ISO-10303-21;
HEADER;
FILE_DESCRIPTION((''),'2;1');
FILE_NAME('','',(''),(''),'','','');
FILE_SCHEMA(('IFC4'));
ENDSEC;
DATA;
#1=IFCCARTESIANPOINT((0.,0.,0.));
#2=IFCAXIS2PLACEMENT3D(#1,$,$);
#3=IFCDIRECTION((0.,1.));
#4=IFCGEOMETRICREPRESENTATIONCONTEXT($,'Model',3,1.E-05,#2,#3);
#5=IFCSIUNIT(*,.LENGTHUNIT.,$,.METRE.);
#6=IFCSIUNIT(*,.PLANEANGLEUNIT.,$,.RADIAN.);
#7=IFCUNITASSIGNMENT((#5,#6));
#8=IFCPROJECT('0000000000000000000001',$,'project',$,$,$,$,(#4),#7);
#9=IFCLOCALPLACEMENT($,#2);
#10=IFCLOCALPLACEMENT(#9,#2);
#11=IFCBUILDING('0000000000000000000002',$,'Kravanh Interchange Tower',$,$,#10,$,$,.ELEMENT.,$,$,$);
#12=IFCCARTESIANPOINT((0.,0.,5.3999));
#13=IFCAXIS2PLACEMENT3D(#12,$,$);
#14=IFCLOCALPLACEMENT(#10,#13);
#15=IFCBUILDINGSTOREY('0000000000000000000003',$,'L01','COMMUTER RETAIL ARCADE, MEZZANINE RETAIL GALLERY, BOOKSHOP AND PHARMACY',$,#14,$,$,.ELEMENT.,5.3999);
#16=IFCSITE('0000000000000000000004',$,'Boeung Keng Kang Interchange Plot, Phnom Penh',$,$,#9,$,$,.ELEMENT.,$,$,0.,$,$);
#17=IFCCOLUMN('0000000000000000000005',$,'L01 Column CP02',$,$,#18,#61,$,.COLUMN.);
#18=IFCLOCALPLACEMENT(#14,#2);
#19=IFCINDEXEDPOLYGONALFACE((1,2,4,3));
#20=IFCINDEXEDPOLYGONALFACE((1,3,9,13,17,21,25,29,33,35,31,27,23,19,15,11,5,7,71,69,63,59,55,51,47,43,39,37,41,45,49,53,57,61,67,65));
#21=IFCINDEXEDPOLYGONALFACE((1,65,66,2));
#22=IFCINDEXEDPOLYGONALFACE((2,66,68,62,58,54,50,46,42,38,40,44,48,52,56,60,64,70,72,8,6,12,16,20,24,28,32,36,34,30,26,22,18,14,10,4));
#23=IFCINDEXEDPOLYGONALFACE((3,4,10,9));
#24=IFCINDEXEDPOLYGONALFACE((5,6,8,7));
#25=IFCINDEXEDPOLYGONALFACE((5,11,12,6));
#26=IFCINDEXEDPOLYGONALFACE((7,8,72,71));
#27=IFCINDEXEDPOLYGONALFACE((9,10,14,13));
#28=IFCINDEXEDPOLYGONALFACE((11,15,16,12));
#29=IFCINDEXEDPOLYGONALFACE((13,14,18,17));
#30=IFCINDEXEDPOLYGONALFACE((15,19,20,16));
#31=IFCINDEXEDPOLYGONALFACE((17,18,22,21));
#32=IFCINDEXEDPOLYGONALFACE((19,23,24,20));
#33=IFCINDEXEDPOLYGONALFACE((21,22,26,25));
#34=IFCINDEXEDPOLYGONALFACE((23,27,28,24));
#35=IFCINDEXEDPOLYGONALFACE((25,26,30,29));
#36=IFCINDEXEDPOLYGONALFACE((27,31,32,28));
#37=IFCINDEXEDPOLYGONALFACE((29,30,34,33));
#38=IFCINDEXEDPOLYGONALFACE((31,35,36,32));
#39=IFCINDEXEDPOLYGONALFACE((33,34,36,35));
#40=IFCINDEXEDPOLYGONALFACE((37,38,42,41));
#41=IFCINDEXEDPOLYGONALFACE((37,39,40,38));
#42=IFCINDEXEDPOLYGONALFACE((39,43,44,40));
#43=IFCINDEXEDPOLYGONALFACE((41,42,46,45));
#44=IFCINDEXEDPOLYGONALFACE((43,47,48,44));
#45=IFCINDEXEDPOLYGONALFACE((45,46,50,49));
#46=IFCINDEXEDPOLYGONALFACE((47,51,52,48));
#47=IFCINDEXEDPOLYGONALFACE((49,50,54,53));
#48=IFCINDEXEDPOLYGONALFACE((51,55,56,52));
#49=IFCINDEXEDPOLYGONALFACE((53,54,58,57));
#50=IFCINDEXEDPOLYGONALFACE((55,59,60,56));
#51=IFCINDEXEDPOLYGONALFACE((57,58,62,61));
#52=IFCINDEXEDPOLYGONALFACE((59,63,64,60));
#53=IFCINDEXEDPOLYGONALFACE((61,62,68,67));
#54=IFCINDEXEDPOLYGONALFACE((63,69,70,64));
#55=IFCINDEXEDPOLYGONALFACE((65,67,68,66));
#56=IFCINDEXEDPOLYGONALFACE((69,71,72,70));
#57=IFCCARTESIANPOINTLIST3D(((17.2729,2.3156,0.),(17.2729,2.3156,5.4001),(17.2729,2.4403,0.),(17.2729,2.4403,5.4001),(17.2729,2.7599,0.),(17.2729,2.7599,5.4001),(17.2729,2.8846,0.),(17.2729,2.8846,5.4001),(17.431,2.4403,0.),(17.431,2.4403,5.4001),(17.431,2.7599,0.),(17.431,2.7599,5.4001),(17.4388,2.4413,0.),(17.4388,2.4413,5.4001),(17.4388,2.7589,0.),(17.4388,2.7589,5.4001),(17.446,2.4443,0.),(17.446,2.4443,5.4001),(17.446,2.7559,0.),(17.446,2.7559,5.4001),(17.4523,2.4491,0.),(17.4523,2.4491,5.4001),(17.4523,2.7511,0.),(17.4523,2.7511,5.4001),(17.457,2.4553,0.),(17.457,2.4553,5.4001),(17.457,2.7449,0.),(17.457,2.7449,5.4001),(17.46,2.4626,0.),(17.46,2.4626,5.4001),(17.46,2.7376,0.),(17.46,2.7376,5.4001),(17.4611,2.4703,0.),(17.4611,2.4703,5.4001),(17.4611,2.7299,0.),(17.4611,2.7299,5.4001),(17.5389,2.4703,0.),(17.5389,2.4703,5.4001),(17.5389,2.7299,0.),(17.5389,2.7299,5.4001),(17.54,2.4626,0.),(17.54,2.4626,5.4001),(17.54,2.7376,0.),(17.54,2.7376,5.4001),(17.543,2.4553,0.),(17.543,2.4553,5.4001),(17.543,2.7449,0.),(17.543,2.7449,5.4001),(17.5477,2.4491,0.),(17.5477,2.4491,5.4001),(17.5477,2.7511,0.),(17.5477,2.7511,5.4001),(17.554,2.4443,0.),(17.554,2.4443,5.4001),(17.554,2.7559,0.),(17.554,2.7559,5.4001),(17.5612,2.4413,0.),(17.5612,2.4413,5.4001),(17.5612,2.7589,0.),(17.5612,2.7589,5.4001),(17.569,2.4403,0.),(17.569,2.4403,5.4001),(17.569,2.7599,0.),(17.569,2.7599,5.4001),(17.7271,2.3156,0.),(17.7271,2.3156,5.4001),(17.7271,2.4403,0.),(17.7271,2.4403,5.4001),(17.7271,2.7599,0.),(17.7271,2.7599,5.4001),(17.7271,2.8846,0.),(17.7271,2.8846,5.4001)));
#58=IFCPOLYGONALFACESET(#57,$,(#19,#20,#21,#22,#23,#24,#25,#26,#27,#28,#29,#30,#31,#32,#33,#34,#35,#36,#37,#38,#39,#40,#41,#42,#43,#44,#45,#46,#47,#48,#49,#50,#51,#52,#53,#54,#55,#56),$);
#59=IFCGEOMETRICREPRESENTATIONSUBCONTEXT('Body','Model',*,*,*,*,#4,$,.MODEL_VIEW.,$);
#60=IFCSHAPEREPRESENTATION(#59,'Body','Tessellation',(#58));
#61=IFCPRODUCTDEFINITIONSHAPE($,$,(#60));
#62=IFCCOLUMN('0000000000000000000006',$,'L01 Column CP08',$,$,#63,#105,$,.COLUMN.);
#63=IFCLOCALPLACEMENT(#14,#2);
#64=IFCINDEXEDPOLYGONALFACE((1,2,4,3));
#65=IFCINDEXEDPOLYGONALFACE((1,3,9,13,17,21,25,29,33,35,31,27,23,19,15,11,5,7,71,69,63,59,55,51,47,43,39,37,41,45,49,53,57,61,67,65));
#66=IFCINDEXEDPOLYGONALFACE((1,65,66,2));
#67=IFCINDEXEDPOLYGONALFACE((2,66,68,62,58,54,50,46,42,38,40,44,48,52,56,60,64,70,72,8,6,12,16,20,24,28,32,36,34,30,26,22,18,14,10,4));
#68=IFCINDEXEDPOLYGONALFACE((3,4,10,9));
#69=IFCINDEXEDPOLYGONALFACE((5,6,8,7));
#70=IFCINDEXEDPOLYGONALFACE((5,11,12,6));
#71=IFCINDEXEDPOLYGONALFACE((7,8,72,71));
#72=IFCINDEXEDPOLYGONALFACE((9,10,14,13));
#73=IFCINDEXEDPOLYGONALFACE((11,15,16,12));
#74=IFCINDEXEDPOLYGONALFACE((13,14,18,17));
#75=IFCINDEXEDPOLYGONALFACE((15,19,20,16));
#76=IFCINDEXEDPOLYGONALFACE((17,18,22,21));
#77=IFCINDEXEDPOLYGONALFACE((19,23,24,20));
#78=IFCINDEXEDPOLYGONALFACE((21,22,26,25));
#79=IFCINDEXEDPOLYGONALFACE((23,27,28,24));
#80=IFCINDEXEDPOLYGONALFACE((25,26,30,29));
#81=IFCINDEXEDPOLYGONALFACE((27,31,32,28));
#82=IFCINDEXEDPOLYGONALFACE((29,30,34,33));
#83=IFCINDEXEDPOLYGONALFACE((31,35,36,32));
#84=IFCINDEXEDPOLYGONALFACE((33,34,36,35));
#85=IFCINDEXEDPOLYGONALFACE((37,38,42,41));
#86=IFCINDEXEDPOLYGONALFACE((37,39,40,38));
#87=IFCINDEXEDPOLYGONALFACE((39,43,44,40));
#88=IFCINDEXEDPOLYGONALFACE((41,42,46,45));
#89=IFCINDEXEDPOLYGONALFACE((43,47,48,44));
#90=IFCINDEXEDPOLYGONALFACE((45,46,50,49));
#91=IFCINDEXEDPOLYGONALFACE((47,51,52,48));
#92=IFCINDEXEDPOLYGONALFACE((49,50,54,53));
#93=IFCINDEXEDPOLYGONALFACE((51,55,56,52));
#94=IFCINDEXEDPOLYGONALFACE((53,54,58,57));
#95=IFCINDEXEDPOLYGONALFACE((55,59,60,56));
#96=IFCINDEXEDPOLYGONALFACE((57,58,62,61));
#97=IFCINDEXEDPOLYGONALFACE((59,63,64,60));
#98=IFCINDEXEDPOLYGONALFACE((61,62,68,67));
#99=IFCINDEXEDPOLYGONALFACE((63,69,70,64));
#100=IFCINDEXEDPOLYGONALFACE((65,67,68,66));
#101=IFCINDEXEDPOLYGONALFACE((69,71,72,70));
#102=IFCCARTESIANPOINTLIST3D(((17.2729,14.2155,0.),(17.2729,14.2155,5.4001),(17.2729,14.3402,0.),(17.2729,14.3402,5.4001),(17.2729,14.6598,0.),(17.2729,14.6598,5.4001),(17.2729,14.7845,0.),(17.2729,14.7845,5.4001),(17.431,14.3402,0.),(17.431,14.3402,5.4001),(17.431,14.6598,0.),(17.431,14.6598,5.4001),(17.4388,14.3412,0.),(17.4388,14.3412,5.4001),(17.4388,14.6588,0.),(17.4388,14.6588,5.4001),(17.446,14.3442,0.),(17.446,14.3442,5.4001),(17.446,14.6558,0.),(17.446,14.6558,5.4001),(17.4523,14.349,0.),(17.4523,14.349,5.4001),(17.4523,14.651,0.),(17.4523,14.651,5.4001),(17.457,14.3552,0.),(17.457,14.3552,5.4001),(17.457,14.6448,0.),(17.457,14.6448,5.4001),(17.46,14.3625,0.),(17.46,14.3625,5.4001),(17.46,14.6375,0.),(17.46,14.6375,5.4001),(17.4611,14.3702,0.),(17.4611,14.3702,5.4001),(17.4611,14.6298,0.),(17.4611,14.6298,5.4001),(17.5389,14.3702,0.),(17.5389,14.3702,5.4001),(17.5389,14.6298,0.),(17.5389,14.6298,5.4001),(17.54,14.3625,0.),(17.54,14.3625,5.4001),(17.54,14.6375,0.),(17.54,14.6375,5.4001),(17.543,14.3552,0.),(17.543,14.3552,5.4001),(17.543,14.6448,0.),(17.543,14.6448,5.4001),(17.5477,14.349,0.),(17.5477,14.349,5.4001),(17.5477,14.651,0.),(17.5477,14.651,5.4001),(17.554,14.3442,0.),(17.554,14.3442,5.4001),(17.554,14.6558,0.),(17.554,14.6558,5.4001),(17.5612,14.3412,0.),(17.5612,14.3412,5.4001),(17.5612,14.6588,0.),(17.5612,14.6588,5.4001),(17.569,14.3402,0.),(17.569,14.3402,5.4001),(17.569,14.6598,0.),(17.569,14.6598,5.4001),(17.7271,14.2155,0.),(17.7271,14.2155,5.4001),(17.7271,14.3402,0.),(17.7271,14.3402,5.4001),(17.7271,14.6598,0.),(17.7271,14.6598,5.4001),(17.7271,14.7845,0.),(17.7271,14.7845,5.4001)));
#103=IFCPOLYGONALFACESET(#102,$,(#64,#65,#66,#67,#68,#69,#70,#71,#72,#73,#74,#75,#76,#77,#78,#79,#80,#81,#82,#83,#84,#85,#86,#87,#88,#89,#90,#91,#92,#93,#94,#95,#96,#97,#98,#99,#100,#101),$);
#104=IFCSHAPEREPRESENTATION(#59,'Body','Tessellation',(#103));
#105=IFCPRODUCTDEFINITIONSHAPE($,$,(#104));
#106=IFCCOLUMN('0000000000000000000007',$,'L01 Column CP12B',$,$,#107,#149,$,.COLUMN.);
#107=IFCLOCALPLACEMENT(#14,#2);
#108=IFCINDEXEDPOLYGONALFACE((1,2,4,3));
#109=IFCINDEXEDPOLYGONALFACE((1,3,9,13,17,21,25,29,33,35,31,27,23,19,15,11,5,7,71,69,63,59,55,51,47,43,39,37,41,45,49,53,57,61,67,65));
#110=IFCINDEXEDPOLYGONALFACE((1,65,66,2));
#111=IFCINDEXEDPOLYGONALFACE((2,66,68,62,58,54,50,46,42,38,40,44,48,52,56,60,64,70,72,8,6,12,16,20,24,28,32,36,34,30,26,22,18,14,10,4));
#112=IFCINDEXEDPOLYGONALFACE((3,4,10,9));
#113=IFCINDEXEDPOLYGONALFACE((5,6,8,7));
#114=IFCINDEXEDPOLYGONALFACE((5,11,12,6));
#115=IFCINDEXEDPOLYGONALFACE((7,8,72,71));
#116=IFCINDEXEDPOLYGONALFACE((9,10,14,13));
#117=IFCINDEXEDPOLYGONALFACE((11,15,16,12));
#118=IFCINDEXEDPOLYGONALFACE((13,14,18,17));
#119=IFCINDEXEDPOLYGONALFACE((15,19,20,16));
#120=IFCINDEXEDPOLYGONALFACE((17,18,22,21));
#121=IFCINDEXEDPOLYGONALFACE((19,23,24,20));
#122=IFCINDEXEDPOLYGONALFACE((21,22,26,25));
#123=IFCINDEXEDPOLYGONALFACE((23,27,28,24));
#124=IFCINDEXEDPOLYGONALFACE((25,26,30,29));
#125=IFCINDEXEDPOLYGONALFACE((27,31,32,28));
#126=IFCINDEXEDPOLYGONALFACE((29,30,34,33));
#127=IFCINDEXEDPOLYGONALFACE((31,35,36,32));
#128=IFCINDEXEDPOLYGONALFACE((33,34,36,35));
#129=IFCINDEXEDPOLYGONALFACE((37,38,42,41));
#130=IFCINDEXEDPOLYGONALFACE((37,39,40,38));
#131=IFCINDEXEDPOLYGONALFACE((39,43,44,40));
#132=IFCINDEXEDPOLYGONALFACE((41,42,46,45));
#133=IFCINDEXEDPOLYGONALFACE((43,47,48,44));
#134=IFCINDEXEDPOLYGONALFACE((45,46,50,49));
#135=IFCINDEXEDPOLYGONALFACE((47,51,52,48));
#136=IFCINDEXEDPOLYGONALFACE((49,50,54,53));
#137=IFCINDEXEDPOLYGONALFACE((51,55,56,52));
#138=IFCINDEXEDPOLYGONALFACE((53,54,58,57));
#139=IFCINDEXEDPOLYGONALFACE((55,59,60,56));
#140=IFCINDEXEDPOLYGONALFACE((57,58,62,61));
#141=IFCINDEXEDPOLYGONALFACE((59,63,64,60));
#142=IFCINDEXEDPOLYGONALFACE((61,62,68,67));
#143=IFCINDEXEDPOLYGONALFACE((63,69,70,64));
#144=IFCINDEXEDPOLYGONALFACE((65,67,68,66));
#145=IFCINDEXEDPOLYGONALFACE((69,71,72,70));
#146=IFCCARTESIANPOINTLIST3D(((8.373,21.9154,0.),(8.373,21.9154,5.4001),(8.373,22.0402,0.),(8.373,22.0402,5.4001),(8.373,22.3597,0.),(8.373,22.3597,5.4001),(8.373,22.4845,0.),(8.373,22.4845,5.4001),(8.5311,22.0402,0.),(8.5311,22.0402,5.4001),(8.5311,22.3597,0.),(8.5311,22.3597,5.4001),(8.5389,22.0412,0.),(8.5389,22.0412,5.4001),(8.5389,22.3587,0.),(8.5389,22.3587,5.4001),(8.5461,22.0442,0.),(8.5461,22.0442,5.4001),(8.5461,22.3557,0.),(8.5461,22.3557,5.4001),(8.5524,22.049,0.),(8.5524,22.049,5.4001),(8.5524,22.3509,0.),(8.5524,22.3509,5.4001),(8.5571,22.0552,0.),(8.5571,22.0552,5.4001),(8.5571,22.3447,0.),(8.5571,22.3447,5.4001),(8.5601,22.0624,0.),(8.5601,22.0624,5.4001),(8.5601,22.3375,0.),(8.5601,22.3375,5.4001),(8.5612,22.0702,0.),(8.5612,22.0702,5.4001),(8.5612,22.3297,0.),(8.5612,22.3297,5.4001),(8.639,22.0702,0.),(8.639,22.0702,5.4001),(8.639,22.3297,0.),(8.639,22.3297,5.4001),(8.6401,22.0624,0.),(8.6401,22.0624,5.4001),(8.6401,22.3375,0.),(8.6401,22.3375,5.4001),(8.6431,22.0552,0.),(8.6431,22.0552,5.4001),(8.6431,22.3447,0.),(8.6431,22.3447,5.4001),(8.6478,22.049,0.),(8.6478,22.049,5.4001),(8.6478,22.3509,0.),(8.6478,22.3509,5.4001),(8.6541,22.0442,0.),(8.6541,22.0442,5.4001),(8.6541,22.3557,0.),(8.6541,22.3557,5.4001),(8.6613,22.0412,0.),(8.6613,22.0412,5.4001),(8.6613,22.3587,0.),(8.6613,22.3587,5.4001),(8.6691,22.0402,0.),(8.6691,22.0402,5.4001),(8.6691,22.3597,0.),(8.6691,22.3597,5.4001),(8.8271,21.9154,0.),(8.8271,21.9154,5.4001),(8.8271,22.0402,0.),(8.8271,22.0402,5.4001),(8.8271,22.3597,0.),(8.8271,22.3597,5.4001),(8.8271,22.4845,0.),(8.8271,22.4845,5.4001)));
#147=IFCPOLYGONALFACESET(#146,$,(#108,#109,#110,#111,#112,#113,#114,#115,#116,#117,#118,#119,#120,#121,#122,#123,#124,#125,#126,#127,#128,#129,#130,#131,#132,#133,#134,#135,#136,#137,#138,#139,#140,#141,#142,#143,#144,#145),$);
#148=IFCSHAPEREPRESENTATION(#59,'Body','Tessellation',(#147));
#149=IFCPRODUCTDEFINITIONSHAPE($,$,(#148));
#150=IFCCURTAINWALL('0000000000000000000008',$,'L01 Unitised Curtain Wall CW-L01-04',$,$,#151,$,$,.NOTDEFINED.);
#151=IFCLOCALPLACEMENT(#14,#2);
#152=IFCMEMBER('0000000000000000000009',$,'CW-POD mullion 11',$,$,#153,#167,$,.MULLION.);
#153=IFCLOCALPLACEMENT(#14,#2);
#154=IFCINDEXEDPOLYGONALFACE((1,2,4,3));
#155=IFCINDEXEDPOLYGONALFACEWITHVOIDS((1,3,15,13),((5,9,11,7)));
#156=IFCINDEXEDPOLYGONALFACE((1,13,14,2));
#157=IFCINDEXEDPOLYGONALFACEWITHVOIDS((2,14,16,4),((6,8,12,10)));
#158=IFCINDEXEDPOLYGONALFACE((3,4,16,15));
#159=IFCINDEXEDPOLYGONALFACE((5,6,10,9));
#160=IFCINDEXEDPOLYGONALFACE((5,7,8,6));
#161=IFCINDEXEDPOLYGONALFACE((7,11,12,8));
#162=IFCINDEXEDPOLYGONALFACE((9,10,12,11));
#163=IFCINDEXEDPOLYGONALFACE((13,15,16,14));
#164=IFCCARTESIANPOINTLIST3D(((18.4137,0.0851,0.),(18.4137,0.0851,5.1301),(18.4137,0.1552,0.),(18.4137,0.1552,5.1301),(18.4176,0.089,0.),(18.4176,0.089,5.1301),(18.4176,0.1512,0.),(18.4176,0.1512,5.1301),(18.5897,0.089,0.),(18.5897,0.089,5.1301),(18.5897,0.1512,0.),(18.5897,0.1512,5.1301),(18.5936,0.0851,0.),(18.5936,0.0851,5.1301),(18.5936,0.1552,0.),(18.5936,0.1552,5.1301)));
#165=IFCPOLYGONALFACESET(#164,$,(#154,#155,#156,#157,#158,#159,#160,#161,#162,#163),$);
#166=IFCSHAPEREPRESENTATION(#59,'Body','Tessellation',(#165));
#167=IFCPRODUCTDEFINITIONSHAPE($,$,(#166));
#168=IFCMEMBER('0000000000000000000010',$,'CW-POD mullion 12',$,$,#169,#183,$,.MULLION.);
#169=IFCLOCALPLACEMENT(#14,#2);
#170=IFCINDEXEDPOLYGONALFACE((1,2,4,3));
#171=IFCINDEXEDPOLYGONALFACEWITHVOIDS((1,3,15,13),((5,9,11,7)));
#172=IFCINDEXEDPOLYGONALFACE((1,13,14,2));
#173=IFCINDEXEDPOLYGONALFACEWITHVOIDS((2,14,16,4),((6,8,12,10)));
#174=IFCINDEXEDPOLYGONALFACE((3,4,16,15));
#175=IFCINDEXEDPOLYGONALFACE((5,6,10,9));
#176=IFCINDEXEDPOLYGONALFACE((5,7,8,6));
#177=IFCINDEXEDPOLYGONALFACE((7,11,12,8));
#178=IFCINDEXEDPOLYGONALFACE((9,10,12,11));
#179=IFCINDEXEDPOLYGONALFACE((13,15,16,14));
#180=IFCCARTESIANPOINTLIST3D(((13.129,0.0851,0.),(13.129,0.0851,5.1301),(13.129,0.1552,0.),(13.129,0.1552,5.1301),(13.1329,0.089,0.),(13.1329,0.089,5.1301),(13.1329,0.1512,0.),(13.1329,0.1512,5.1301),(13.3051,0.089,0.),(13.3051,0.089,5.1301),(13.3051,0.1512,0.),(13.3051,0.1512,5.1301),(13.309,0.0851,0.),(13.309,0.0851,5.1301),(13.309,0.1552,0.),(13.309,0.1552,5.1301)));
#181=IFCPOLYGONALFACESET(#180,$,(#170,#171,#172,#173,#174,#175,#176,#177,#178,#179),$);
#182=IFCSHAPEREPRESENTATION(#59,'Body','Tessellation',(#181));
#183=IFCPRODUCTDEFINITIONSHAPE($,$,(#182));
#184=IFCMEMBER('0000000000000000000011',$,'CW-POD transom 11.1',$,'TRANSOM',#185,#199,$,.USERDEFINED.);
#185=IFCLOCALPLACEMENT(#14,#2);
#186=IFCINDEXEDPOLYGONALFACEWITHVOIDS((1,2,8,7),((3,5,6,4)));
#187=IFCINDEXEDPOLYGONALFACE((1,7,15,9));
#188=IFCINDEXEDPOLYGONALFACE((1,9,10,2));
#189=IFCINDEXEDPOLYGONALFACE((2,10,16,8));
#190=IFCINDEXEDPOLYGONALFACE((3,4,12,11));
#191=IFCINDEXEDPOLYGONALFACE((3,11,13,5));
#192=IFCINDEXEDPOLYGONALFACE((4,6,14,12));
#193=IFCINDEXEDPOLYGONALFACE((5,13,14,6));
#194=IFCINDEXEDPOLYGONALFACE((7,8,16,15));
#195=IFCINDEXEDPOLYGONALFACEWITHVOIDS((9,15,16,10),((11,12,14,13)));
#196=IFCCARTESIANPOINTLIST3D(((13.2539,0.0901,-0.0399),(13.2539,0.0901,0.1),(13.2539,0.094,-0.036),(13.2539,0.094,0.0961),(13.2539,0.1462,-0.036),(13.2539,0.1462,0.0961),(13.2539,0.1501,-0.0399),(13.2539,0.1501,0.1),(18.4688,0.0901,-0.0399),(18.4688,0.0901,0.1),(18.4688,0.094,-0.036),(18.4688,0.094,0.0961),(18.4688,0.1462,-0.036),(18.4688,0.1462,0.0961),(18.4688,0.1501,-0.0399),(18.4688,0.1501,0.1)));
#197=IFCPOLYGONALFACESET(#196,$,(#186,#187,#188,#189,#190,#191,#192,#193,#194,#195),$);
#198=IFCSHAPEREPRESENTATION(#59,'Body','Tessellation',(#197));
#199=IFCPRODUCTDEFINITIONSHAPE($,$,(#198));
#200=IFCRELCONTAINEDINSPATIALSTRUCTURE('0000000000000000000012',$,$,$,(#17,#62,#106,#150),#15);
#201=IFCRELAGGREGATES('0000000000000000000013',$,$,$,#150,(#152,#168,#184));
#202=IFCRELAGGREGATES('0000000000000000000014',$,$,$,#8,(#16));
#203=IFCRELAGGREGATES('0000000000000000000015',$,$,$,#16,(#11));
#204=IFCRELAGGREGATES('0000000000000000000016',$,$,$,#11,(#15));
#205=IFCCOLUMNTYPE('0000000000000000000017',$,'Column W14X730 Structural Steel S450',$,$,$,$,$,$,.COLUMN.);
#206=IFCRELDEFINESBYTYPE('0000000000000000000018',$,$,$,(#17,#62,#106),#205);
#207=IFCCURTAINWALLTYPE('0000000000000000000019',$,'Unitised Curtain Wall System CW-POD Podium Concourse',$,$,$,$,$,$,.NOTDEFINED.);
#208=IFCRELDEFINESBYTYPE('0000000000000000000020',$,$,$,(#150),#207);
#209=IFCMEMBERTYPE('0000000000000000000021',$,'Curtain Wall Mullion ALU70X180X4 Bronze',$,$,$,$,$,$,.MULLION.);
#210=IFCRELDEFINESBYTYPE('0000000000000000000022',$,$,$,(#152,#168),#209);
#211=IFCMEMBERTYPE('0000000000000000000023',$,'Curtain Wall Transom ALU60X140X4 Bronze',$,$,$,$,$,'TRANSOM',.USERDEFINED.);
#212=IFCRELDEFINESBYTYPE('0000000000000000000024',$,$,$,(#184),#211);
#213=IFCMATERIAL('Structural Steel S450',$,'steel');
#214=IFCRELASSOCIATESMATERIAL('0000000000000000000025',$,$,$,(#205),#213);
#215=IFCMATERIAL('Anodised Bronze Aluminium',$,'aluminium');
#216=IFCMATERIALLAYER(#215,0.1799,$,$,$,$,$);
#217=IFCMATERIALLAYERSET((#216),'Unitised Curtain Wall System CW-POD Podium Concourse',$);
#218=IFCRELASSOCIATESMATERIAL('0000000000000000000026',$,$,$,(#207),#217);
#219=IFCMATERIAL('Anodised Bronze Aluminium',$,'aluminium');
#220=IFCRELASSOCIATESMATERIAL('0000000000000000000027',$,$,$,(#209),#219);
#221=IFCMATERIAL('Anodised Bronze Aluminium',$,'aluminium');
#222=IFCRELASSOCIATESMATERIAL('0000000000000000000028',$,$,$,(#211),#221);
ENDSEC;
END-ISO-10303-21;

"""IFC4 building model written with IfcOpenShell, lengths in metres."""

from ifc_helpers import new_model, si_unit, direction, frame, origin, origin_2d, place, context, subcontext, project, spatial, hollow_rectangle, i_section, extrude, material, layer, layer_set, material_profile, profile_set, type_object, element, aggregate, save


model = new_model("IFC4")

# Units and contexts
model_context = context("Model", 3, precision=1e-05, world=origin(), true_north=direction((0.0, 1.0)))
body_context = subcontext(model_context, "Body", "Model", "MODEL_VIEW")
ifc_project = project(units=[si_unit("LENGTHUNIT", "METRE"), si_unit("PLANEANGLEUNIT", "RADIAN")], contexts=[model_context])

# Site, building, storey
site_placement = place(None, origin())
site = spatial("IfcSite", under=ifc_project, at=site_placement, Name="Boeung Keng Kang Interchange Plot, Phnom Penh", CompositionType="ELEMENT", RefElevation=0.0)
building_placement = place(site_placement, origin())
building = spatial("IfcBuilding", under=site, at=building_placement, Name="Kravanh Interchange Tower", CompositionType="ELEMENT")
storey_placement = place(building_placement, frame((0.0, 0.0, 5.3999)))
storey = spatial("IfcBuildingStorey", under=building, at=storey_placement, Name="L01", Description="COMMUTER RETAIL ARCADE, MEZZANINE RETAIL GALLERY, BOOKSHOP AND PHARMACY", CompositionType="ELEMENT", Elevation=5.3999)

# Columns
ifc_material_1 = material(Name="Structural Steel S450", Category="steel")
ifc_material_profile_1 = material_profile(ifc_material_1, i_section(OverallWidth=0.4541, OverallDepth=0.5691, WebThickness=0.0779, FlangeThickness=0.1248, FilletRadius=0.03, at=origin_2d()), Name="W14X730")
ifc_profile_set_1 = profile_set([ifc_material_profile_1], Name="Structural Steel S450")
column_type = type_object("IfcColumnType", Name="Column W14X730 Structural Steel S450", PredefinedType="COLUMN", material=ifc_profile_set_1)
for number, where, z_axis, x_axis, name in (
    (1, (17.5, 2.6001, 0.0), (0.0, 0.0, 1.0), (1.0, 0.0, 0.0), "L01 Column CP02"),
    (2, (17.5, 14.5, 0.0), (0.0, 0.0, 1.0), (1.0, 0.0, 0.0), "L01 Column CP08"),
    (3, (8.6001, 22.2, 0.0), (0.0, 0.0, 1.0), (1.0, 0.0, 0.0), "L01 Column CP12B"),
):
    element("IfcColumn", number, at=place(storey_placement, frame(where, z_axis=z_axis, x_axis=x_axis)), inside=storey, type_object=column_type, Name=name, PredefinedType="COLUMN", context=body_context, shape_type="SweptSolid", body=[
        extrude(i_section(OverallWidth=0.4541, OverallDepth=0.5691, WebThickness=0.0779, FlangeThickness=0.1248, FilletRadius=0.03, at=origin_2d()), origin(), (0.0, 0.0, 1.0), 5.4001),
    ])

# Curtain wall, members
ifc_material_2 = material(Name="Anodised Bronze Aluminium", Category="aluminium")
ifc_layer_1 = layer(ifc_material_2, 0.1799)
ifc_layer_set_1 = layer_set([ifc_layer_1], Name="Unitised Curtain Wall System CW-POD Podium Concourse")
curtain_wall_type = type_object("IfcCurtainWallType", Name="Unitised Curtain Wall System CW-POD Podium Concourse", PredefinedType="NOTDEFINED", material=ifc_layer_set_1)
curtain_wall_placement = place(storey_placement, origin())
curtain_wall = element("IfcCurtainWall", 4, at=curtain_wall_placement, inside=storey, type_object=curtain_wall_type, Name="L01 Unitised Curtain Wall CW-L01-04", PredefinedType="NOTDEFINED")
ifc_material_3 = material(Name="Anodised Bronze Aluminium", Category="aluminium")
ifc_material_profile_2 = material_profile(ifc_material_3, hollow_rectangle(XDim=0.0701, YDim=0.1799, WallThickness=0.0039, at=origin_2d()), Name="ALU70X180X4")
ifc_profile_set_2 = profile_set([ifc_material_profile_2], Name="Anodised Bronze Aluminium")
member_type_1 = type_object("IfcMemberType", Name="Curtain Wall Mullion ALU70X180X4 Bronze", PredefinedType="MULLION", material=ifc_profile_set_2)
member_1_placement = place(storey_placement, frame((18.5037, 0.1201, 0.0), z_axis=(0.0, 0.0, 1.0), x_axis=(0.0, -1.0, 0.0)))
member_1 = element("IfcMember", 5, at=member_1_placement, type_object=member_type_1, Name="CW-POD mullion 11", PredefinedType="MULLION", context=body_context, shape_type="SweptSolid", body=[
    extrude(hollow_rectangle(XDim=0.0701, YDim=0.1799, WallThickness=0.0039, at=origin_2d()), origin(), (0.0, 0.0, 1.0), 5.1301),
])
member_2_placement = place(storey_placement, frame((13.219, 0.1201, 0.0), z_axis=(0.0, 0.0, 1.0), x_axis=(0.0, -1.0, 0.0)))
member_2 = element("IfcMember", 6, at=member_2_placement, type_object=member_type_1, Name="CW-POD mullion 12", PredefinedType="MULLION", context=body_context, shape_type="SweptSolid", body=[
    extrude(hollow_rectangle(XDim=0.0701, YDim=0.1799, WallThickness=0.0039, at=origin_2d()), origin(), (0.0, 0.0, 1.0), 5.1301),
])
ifc_material_4 = material(Name="Anodised Bronze Aluminium", Category="aluminium")
ifc_material_profile_3 = material_profile(ifc_material_4, hollow_rectangle(XDim=0.0601, YDim=0.1399, WallThickness=0.0039, at=origin_2d()), Name="ALU60X140X4")
ifc_profile_set_3 = profile_set([ifc_material_profile_3], Name="Anodised Bronze Aluminium")
member_type_2 = type_object("IfcMemberType", Name="Curtain Wall Transom ALU60X140X4 Bronze", ElementType="TRANSOM", PredefinedType="USERDEFINED", material=ifc_profile_set_3)
member_3_placement = place(storey_placement, frame((18.4688, 0.1201, 0.03), z_axis=(-1.0, 0.0, 0.0), x_axis=(0.0, -1.0, 0.0)))
member_3 = element("IfcMember", 7, at=member_3_placement, type_object=member_type_2, Name="CW-POD transom 11.1", ObjectType="TRANSOM", PredefinedType="USERDEFINED", context=body_context, shape_type="SweptSolid", body=[
    extrude(hollow_rectangle(XDim=0.0601, YDim=0.1399, WallThickness=0.0039, at=origin_2d()), origin(), (0.0, 0.0, 1.0), 5.2148),
])

aggregate(curtain_wall, [member_1, member_2, member_3])

save(model, "model.ifc")
